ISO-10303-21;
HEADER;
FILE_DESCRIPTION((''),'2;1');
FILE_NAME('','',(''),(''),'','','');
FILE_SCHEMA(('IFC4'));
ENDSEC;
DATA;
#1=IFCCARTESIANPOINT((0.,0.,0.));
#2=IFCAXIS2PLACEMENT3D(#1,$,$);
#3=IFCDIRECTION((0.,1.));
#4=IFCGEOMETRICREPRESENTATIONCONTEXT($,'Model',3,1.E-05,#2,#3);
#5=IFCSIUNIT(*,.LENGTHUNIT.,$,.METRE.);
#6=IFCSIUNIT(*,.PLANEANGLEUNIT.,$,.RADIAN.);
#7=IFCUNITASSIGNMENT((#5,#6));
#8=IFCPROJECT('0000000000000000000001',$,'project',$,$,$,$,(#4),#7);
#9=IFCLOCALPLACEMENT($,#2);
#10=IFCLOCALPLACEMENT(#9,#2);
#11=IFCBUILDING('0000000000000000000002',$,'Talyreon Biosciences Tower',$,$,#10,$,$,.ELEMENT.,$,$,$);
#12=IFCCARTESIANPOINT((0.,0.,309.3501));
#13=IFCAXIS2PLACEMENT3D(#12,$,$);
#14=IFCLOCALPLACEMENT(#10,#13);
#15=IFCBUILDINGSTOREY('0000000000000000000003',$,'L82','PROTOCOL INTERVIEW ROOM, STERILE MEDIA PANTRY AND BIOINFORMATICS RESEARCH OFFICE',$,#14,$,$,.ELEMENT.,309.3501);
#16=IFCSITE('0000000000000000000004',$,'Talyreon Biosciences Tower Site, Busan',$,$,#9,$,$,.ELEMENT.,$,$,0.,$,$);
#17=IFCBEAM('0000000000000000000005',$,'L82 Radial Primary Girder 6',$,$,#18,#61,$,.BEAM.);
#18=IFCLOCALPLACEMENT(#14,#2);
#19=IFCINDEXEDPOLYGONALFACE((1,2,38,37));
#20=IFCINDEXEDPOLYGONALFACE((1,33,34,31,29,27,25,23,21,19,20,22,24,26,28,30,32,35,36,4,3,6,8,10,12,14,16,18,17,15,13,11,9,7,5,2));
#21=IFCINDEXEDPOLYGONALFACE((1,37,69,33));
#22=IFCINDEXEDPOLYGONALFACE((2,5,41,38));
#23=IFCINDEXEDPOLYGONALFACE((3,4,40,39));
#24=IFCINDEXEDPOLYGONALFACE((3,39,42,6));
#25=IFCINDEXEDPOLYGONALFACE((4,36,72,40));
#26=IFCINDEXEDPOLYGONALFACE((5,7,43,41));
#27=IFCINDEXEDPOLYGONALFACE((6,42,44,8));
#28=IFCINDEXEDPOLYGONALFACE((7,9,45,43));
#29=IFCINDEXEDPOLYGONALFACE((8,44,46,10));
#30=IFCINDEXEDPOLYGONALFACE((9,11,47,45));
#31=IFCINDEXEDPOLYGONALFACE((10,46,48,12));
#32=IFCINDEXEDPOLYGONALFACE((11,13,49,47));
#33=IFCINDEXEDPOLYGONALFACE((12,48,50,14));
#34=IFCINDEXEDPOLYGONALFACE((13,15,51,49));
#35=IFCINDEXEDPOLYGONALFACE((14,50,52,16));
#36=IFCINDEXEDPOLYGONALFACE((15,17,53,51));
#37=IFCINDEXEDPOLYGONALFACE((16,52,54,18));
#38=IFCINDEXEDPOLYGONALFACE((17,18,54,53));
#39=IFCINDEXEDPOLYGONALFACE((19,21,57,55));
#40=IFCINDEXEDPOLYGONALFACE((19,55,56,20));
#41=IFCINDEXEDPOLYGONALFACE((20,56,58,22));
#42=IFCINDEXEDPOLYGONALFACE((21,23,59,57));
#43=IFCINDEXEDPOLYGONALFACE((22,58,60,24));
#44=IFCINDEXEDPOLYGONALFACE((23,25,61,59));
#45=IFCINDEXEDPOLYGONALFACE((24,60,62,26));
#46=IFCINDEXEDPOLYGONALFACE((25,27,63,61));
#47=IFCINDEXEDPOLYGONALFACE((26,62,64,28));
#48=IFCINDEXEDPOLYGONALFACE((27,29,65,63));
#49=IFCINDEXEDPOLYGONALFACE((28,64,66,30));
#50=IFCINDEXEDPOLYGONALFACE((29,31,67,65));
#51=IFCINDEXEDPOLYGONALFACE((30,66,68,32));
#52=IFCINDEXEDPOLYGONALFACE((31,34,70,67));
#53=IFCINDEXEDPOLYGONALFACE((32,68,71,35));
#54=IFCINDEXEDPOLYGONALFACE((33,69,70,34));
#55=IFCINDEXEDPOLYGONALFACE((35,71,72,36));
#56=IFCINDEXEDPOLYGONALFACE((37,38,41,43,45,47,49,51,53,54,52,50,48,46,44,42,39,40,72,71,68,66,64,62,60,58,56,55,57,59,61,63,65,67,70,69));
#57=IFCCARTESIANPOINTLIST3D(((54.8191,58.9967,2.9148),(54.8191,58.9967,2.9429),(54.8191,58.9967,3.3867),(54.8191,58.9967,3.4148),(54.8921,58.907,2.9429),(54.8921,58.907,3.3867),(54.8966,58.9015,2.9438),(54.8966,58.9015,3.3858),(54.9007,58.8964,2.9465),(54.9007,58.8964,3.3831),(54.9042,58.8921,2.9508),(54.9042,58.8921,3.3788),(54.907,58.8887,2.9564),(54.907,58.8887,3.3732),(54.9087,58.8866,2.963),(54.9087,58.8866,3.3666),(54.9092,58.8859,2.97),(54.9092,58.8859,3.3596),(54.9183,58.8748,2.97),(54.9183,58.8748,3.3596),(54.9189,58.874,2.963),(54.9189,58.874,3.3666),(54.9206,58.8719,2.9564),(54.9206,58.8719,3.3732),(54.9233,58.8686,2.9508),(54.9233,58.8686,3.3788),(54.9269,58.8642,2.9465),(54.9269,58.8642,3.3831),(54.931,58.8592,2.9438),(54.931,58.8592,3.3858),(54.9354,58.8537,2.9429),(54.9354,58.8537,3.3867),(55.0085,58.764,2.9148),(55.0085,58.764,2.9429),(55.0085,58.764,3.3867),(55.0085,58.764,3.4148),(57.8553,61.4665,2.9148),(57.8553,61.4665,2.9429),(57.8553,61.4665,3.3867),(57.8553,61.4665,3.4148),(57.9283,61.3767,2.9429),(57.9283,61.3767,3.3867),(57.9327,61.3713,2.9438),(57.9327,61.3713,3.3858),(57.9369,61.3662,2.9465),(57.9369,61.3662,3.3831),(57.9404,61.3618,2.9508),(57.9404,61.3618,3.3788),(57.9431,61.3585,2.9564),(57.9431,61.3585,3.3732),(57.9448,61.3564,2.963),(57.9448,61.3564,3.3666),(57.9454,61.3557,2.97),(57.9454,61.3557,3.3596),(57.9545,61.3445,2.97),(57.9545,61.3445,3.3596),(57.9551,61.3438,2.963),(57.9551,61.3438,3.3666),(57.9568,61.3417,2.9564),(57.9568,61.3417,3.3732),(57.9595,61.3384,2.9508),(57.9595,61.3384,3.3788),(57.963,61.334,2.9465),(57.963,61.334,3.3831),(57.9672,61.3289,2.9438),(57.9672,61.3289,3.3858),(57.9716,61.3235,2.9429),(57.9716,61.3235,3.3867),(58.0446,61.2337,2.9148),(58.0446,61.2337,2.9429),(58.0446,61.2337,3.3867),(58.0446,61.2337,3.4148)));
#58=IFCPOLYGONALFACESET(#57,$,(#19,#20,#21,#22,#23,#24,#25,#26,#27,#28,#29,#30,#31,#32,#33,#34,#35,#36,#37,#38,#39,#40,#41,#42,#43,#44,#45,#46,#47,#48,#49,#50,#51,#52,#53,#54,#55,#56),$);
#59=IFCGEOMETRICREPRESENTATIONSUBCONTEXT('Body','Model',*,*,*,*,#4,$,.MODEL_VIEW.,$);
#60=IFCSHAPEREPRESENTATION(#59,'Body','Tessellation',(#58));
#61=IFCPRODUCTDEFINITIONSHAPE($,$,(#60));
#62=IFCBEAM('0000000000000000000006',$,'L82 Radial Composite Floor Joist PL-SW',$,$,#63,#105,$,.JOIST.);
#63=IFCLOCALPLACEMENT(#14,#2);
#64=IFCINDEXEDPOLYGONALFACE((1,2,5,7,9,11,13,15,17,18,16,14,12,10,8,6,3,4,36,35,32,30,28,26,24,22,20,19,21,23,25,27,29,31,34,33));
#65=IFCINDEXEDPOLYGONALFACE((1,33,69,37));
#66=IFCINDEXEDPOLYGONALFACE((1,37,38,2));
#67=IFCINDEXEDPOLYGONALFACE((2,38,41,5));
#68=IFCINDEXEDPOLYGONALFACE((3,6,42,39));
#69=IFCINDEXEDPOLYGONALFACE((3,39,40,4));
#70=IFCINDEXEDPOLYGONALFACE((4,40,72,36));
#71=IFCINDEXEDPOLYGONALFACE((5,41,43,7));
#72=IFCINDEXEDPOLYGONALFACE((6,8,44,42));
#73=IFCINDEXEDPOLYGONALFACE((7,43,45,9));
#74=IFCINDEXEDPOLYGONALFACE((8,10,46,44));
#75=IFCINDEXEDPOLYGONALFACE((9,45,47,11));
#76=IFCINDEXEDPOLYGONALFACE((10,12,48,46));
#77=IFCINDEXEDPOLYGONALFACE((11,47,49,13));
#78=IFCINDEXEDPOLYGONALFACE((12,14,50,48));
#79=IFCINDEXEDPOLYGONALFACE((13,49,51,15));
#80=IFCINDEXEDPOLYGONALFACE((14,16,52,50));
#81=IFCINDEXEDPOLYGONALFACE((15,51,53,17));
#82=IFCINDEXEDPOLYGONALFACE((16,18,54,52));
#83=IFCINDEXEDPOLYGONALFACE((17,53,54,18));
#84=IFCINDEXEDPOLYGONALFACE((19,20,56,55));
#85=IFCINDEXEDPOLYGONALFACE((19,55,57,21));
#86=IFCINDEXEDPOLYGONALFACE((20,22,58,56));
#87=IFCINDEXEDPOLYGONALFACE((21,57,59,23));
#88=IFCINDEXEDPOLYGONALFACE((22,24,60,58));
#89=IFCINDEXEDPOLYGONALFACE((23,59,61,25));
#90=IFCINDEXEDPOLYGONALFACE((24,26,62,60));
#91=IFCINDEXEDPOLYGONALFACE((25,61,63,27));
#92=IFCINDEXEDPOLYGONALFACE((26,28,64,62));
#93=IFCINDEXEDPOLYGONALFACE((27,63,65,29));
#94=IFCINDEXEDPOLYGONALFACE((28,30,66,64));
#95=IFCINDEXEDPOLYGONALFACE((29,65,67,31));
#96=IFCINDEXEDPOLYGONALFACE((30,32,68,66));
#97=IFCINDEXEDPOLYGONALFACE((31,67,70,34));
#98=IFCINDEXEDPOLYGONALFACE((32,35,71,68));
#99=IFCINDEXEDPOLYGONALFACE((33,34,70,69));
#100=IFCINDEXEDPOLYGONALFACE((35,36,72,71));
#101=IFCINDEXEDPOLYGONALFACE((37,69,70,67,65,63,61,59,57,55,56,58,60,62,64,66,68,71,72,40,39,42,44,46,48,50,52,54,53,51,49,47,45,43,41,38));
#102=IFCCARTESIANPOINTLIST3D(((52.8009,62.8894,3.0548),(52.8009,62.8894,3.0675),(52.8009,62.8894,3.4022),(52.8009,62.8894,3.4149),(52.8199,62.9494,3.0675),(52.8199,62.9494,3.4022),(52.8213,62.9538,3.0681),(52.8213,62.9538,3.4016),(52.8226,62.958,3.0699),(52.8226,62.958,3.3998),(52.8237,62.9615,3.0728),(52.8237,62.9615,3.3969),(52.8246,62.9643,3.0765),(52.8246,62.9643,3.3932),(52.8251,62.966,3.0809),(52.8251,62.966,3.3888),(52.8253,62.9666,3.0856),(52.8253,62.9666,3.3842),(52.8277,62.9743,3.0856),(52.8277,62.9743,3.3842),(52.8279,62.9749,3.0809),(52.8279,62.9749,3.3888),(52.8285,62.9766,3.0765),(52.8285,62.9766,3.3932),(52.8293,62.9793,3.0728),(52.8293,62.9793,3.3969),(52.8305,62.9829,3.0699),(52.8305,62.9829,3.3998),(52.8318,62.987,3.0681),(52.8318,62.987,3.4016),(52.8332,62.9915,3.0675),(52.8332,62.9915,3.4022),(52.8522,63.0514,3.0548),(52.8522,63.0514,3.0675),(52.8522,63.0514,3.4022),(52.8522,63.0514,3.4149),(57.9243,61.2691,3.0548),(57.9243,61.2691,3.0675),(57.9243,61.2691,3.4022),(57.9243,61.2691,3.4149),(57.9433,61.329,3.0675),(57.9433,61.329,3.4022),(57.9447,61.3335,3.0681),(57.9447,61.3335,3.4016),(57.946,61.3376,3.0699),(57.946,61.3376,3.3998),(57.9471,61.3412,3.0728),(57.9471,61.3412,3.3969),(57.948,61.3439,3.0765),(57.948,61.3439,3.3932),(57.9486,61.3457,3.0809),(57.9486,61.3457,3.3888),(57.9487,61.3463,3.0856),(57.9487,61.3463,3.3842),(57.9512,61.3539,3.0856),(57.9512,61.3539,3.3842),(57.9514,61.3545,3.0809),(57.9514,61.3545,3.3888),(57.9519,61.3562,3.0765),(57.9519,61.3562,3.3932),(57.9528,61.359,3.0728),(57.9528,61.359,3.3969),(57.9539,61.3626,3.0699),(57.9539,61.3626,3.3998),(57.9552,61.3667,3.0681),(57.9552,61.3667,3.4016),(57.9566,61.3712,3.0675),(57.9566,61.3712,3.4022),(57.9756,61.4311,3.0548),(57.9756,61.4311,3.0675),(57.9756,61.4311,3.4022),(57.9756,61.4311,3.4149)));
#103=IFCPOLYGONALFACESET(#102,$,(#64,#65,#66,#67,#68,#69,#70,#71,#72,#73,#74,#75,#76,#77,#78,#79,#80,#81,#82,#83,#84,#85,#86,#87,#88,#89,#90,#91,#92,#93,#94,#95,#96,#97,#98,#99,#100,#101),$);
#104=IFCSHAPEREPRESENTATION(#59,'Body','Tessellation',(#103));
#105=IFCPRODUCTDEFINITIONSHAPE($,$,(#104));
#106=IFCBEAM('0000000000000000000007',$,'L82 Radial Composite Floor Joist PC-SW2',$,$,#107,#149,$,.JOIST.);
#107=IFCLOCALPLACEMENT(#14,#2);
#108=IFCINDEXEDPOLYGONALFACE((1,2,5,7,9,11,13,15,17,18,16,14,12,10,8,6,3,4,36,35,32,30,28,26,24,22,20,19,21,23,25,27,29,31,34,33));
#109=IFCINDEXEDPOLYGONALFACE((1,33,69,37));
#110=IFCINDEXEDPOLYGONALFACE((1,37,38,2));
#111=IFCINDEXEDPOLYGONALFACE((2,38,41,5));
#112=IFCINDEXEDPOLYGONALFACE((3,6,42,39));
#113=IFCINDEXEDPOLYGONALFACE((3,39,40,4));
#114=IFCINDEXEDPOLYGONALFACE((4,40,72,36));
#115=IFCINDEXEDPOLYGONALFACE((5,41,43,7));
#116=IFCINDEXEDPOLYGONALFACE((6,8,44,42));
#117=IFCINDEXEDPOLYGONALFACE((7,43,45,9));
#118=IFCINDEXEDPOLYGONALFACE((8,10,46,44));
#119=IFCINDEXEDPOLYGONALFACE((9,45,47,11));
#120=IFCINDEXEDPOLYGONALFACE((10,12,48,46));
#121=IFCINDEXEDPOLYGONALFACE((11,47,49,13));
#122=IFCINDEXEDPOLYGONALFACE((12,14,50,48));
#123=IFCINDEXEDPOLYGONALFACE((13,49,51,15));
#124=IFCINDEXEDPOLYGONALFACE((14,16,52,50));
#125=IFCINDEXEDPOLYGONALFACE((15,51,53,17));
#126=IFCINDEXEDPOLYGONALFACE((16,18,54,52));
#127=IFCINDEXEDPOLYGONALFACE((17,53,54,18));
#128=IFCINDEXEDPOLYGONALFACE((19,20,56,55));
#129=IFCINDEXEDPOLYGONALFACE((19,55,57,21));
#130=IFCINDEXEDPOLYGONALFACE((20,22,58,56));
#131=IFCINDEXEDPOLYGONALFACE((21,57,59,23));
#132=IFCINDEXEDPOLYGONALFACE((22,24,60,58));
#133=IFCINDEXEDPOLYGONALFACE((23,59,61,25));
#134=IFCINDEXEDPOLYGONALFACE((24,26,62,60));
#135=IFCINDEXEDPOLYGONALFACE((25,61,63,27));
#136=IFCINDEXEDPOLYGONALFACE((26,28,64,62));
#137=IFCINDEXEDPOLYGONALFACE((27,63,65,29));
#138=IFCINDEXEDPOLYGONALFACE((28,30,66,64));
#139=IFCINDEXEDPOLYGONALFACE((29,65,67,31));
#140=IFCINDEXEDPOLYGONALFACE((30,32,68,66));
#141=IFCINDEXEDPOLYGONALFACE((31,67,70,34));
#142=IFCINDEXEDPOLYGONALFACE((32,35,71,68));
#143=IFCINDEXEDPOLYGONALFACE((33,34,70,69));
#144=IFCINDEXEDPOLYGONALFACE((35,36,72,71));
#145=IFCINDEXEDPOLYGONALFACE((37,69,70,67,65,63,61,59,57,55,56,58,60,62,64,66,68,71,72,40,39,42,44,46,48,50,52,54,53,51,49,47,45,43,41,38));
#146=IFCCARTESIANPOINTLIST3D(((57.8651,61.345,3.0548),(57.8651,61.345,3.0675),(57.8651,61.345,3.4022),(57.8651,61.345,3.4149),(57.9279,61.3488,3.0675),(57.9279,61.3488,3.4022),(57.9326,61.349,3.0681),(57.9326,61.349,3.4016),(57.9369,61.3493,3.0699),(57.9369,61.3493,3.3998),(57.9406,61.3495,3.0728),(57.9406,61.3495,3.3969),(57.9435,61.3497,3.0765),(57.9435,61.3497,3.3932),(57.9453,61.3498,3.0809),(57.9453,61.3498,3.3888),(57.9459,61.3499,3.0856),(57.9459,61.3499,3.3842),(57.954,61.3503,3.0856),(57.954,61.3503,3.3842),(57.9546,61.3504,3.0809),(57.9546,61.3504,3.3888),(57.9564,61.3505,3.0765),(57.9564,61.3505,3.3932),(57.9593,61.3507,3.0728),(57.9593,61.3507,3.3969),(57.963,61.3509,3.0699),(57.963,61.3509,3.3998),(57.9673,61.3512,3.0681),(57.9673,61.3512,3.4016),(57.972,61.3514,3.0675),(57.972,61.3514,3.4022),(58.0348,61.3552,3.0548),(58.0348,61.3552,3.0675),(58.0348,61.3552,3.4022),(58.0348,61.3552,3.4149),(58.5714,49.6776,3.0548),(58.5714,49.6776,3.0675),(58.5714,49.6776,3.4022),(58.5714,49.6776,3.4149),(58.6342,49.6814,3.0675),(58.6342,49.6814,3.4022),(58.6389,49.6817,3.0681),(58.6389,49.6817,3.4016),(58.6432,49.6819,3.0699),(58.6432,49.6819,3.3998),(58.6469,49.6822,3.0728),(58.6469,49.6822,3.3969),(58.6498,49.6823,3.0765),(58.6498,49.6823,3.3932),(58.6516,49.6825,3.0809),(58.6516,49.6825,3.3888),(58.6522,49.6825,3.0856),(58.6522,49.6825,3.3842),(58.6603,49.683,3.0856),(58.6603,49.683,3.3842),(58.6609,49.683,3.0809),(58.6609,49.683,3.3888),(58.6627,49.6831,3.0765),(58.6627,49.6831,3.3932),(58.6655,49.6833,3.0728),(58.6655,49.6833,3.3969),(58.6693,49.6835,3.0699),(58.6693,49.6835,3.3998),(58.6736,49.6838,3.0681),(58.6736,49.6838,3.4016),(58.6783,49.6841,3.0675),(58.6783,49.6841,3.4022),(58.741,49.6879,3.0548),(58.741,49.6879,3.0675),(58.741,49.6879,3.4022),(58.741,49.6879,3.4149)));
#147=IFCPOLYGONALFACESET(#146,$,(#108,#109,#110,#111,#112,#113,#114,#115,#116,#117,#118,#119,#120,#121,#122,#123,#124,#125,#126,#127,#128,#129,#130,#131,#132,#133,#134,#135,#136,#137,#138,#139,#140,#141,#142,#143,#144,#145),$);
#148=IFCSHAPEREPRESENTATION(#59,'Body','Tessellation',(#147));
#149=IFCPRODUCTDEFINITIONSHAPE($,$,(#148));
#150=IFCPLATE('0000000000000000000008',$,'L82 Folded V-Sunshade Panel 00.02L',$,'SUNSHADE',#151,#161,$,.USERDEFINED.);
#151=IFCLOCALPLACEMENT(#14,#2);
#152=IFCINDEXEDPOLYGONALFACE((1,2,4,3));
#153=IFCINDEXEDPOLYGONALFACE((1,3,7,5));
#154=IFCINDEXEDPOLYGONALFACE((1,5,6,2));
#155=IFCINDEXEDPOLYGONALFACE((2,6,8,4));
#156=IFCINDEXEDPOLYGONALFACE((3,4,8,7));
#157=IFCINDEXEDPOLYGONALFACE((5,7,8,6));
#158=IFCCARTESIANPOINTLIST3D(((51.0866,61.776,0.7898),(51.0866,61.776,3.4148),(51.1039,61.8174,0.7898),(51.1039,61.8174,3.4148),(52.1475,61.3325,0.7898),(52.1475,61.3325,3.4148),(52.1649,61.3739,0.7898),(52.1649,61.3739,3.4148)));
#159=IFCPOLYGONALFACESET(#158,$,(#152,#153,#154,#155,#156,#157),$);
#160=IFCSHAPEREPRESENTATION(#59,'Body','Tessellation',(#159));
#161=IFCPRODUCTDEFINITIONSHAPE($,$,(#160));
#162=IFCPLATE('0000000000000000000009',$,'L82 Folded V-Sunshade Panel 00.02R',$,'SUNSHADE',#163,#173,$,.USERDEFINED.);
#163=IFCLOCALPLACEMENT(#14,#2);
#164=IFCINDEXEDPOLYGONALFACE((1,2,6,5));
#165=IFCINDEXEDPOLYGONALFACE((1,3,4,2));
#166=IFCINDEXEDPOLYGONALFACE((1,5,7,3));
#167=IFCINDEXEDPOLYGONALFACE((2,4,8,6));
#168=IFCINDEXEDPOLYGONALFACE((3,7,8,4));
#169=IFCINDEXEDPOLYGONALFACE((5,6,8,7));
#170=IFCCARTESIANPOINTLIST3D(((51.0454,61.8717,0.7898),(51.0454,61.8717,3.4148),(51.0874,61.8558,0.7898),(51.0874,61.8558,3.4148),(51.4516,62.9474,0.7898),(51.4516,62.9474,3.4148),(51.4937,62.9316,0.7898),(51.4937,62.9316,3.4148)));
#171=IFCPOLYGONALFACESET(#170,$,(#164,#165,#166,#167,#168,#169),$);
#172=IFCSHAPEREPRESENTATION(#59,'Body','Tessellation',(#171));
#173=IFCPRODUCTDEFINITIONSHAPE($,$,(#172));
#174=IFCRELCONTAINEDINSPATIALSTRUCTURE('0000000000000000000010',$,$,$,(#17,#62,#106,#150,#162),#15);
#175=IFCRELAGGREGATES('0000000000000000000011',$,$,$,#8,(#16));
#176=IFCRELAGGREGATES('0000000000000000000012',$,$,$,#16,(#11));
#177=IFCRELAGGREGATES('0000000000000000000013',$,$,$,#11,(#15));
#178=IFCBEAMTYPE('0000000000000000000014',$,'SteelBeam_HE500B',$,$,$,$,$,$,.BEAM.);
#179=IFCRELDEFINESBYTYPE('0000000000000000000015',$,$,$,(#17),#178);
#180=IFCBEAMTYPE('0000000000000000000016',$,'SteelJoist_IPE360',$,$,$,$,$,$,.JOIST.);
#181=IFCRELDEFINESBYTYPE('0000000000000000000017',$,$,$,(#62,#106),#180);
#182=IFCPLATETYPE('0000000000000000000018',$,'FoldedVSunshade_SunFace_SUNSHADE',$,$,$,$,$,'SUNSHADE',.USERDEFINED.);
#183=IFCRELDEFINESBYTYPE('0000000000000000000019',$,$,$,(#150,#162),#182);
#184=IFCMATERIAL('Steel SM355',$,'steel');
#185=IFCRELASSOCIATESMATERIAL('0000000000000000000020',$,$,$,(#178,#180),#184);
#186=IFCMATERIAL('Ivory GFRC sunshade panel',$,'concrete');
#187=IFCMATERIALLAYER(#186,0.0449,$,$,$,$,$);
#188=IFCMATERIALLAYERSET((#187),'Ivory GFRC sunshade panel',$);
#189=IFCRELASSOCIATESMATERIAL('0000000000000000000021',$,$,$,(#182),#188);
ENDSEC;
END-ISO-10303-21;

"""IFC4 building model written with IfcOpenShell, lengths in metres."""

from ifc_helpers import new_model, si_unit, direction, frame, origin, origin_2d, place, context, subcontext, project, spatial, rectangle, i_section, extrude, material, layer, layer_set, material_profile, profile_set, type_object, element, save


model = new_model("IFC4")

# Units and contexts
model_context = context("Model", 3, precision=1e-05, world=origin(), true_north=direction((0.0, 1.0)))
body_context = subcontext(model_context, "Body", "Model", "MODEL_VIEW")
ifc_project = project(units=[si_unit("LENGTHUNIT", "METRE"), si_unit("PLANEANGLEUNIT", "RADIAN")], contexts=[model_context])

# Site, building, storey
site_placement = place(None, origin())
site = spatial("IfcSite", under=ifc_project, at=site_placement, Name="Talyreon Biosciences Tower Site, Busan", CompositionType="ELEMENT", RefElevation=0.0)
building_placement = place(site_placement, origin())
building = spatial("IfcBuilding", under=site, at=building_placement, Name="Talyreon Biosciences Tower", CompositionType="ELEMENT")
storey_placement = place(building_placement, frame((0.0, 0.0, 309.3501)))
storey = spatial("IfcBuildingStorey", under=building, at=storey_placement, Name="L82", Description="PROTOCOL INTERVIEW ROOM, STERILE MEDIA PANTRY AND BIOINFORMATICS RESEARCH OFFICE", CompositionType="ELEMENT", Elevation=309.3501)

# Beams
ifc_material_1 = material(Name="Steel SM355", Category="steel")
ifc_material_profile_1 = material_profile(ifc_material_1, i_section(OverallWidth=0.3, OverallDepth=0.5, WebThickness=0.0144, FlangeThickness=0.0281, FilletRadius=0.0271, at=origin_2d()), Name="HE500B")
ifc_profile_set_1 = profile_set([ifc_material_profile_1], Name="Steel SM355")
beam_type_1 = type_object("IfcBeamType", Name="SteelBeam_HE500B", PredefinedType="BEAM", material=ifc_profile_set_1)
beam_1_placement = place(storey_placement, frame((57.95, 61.3501, 3.1648), z_axis=(-0.775755, -0.631034, 0.0), x_axis=(0.631034, -0.775755, 0.0)))
element("IfcBeam", 1, at=beam_1_placement, inside=storey, type_object=beam_type_1, Name="L82 Radial Primary Girder 6", PredefinedType="BEAM", context=body_context, shape_type="SweptSolid", body=[
    extrude(i_section(OverallWidth=0.3, OverallDepth=0.5, WebThickness=0.0144, FlangeThickness=0.0281, FilletRadius=0.0271, at=origin_2d()), origin(), (0.0, 0.0, 1.0), 3.9138),
])
ifc_material_profile_2 = material_profile(ifc_material_1, i_section(OverallWidth=0.1699, OverallDepth=0.3601, WebThickness=0.0081, FlangeThickness=0.0127, FilletRadius=0.0181, at=origin_2d()), Name="IPE360")
ifc_profile_set_2 = profile_set([ifc_material_profile_2], Name="Steel SM355")
beam_type_2 = type_object("IfcBeamType", Name="SteelJoist_IPE360", PredefinedType="JOIST", material=ifc_profile_set_2)
beam_2_placement = place(storey_placement, frame((57.95, 61.3501, 3.2349), z_axis=(-0.953454, 0.301538, 0.0), x_axis=(-0.301538, -0.953454, 0.0)))
element("IfcBeam", 2, at=beam_2_placement, inside=storey, type_object=beam_type_2, Name="L82 Radial Composite Floor Joist PL-SW", PredefinedType="JOIST", context=body_context, shape_type="SweptSolid", body=[
    extrude(i_section(OverallWidth=0.1699, OverallDepth=0.3601, WebThickness=0.0081, FlangeThickness=0.0127, FilletRadius=0.0181, at=origin_2d()), origin(), (0.0, 0.0, 1.0), 5.3735),
])
beam_3_placement = place(storey_placement, frame((57.95, 61.3501, 3.2349), z_axis=(0.060425, -0.998173, 0.0), x_axis=(0.998173, 0.060425, 0.0)))
element("IfcBeam", 3, at=beam_3_placement, inside=storey, type_object=beam_type_2, Name="L82 Radial Composite Floor Joist PC-SW2", PredefinedType="JOIST", context=body_context, shape_type="SweptSolid", body=[
    extrude(i_section(OverallWidth=0.1699, OverallDepth=0.3601, WebThickness=0.0081, FlangeThickness=0.0127, FilletRadius=0.0181, at=origin_2d()), origin(), (0.0, 0.0, 1.0), 11.6887),
])

# Plates
ifc_material_2 = material(Name="Ivory GFRC sunshade panel", Category="concrete")
ifc_layer_1 = layer(ifc_material_2, 0.0449)
ifc_layer_set_1 = layer_set([ifc_layer_1], Name="Ivory GFRC sunshade panel")
plate_type = type_object("IfcPlateType", Name="FoldedVSunshade_SunFace_SUNSHADE", ElementType="SUNSHADE", PredefinedType="USERDEFINED", material=ifc_layer_set_1)
for number, where, z_axis, x_axis, name in (
    (4, (51.6257, 61.575, 0.7898), (0.0, 0.0, 1.0), (-0.922619, 0.385713, 0.0), "L82 Folded V-Sunshade Panel 00.02L"),
    (5, (51.2695, 62.4016, 0.7898), (0.0, 0.0, 1.0), (0.353279, 0.935518, 0.0), "L82 Folded V-Sunshade Panel 00.02R"),
):
    element("IfcPlate", number, at=place(storey_placement, frame(where, z_axis=z_axis, x_axis=x_axis)), inside=storey, type_object=plate_type, Name=name, ObjectType="SUNSHADE", PredefinedType="USERDEFINED", context=body_context, shape_type="SweptSolid", body=[
        extrude(rectangle(XDim=1.1499, YDim=0.0449, at=origin_2d()), origin(), (0.0, 0.0, 1.0), 2.625),
    ])

save(model, "model.ifc")
